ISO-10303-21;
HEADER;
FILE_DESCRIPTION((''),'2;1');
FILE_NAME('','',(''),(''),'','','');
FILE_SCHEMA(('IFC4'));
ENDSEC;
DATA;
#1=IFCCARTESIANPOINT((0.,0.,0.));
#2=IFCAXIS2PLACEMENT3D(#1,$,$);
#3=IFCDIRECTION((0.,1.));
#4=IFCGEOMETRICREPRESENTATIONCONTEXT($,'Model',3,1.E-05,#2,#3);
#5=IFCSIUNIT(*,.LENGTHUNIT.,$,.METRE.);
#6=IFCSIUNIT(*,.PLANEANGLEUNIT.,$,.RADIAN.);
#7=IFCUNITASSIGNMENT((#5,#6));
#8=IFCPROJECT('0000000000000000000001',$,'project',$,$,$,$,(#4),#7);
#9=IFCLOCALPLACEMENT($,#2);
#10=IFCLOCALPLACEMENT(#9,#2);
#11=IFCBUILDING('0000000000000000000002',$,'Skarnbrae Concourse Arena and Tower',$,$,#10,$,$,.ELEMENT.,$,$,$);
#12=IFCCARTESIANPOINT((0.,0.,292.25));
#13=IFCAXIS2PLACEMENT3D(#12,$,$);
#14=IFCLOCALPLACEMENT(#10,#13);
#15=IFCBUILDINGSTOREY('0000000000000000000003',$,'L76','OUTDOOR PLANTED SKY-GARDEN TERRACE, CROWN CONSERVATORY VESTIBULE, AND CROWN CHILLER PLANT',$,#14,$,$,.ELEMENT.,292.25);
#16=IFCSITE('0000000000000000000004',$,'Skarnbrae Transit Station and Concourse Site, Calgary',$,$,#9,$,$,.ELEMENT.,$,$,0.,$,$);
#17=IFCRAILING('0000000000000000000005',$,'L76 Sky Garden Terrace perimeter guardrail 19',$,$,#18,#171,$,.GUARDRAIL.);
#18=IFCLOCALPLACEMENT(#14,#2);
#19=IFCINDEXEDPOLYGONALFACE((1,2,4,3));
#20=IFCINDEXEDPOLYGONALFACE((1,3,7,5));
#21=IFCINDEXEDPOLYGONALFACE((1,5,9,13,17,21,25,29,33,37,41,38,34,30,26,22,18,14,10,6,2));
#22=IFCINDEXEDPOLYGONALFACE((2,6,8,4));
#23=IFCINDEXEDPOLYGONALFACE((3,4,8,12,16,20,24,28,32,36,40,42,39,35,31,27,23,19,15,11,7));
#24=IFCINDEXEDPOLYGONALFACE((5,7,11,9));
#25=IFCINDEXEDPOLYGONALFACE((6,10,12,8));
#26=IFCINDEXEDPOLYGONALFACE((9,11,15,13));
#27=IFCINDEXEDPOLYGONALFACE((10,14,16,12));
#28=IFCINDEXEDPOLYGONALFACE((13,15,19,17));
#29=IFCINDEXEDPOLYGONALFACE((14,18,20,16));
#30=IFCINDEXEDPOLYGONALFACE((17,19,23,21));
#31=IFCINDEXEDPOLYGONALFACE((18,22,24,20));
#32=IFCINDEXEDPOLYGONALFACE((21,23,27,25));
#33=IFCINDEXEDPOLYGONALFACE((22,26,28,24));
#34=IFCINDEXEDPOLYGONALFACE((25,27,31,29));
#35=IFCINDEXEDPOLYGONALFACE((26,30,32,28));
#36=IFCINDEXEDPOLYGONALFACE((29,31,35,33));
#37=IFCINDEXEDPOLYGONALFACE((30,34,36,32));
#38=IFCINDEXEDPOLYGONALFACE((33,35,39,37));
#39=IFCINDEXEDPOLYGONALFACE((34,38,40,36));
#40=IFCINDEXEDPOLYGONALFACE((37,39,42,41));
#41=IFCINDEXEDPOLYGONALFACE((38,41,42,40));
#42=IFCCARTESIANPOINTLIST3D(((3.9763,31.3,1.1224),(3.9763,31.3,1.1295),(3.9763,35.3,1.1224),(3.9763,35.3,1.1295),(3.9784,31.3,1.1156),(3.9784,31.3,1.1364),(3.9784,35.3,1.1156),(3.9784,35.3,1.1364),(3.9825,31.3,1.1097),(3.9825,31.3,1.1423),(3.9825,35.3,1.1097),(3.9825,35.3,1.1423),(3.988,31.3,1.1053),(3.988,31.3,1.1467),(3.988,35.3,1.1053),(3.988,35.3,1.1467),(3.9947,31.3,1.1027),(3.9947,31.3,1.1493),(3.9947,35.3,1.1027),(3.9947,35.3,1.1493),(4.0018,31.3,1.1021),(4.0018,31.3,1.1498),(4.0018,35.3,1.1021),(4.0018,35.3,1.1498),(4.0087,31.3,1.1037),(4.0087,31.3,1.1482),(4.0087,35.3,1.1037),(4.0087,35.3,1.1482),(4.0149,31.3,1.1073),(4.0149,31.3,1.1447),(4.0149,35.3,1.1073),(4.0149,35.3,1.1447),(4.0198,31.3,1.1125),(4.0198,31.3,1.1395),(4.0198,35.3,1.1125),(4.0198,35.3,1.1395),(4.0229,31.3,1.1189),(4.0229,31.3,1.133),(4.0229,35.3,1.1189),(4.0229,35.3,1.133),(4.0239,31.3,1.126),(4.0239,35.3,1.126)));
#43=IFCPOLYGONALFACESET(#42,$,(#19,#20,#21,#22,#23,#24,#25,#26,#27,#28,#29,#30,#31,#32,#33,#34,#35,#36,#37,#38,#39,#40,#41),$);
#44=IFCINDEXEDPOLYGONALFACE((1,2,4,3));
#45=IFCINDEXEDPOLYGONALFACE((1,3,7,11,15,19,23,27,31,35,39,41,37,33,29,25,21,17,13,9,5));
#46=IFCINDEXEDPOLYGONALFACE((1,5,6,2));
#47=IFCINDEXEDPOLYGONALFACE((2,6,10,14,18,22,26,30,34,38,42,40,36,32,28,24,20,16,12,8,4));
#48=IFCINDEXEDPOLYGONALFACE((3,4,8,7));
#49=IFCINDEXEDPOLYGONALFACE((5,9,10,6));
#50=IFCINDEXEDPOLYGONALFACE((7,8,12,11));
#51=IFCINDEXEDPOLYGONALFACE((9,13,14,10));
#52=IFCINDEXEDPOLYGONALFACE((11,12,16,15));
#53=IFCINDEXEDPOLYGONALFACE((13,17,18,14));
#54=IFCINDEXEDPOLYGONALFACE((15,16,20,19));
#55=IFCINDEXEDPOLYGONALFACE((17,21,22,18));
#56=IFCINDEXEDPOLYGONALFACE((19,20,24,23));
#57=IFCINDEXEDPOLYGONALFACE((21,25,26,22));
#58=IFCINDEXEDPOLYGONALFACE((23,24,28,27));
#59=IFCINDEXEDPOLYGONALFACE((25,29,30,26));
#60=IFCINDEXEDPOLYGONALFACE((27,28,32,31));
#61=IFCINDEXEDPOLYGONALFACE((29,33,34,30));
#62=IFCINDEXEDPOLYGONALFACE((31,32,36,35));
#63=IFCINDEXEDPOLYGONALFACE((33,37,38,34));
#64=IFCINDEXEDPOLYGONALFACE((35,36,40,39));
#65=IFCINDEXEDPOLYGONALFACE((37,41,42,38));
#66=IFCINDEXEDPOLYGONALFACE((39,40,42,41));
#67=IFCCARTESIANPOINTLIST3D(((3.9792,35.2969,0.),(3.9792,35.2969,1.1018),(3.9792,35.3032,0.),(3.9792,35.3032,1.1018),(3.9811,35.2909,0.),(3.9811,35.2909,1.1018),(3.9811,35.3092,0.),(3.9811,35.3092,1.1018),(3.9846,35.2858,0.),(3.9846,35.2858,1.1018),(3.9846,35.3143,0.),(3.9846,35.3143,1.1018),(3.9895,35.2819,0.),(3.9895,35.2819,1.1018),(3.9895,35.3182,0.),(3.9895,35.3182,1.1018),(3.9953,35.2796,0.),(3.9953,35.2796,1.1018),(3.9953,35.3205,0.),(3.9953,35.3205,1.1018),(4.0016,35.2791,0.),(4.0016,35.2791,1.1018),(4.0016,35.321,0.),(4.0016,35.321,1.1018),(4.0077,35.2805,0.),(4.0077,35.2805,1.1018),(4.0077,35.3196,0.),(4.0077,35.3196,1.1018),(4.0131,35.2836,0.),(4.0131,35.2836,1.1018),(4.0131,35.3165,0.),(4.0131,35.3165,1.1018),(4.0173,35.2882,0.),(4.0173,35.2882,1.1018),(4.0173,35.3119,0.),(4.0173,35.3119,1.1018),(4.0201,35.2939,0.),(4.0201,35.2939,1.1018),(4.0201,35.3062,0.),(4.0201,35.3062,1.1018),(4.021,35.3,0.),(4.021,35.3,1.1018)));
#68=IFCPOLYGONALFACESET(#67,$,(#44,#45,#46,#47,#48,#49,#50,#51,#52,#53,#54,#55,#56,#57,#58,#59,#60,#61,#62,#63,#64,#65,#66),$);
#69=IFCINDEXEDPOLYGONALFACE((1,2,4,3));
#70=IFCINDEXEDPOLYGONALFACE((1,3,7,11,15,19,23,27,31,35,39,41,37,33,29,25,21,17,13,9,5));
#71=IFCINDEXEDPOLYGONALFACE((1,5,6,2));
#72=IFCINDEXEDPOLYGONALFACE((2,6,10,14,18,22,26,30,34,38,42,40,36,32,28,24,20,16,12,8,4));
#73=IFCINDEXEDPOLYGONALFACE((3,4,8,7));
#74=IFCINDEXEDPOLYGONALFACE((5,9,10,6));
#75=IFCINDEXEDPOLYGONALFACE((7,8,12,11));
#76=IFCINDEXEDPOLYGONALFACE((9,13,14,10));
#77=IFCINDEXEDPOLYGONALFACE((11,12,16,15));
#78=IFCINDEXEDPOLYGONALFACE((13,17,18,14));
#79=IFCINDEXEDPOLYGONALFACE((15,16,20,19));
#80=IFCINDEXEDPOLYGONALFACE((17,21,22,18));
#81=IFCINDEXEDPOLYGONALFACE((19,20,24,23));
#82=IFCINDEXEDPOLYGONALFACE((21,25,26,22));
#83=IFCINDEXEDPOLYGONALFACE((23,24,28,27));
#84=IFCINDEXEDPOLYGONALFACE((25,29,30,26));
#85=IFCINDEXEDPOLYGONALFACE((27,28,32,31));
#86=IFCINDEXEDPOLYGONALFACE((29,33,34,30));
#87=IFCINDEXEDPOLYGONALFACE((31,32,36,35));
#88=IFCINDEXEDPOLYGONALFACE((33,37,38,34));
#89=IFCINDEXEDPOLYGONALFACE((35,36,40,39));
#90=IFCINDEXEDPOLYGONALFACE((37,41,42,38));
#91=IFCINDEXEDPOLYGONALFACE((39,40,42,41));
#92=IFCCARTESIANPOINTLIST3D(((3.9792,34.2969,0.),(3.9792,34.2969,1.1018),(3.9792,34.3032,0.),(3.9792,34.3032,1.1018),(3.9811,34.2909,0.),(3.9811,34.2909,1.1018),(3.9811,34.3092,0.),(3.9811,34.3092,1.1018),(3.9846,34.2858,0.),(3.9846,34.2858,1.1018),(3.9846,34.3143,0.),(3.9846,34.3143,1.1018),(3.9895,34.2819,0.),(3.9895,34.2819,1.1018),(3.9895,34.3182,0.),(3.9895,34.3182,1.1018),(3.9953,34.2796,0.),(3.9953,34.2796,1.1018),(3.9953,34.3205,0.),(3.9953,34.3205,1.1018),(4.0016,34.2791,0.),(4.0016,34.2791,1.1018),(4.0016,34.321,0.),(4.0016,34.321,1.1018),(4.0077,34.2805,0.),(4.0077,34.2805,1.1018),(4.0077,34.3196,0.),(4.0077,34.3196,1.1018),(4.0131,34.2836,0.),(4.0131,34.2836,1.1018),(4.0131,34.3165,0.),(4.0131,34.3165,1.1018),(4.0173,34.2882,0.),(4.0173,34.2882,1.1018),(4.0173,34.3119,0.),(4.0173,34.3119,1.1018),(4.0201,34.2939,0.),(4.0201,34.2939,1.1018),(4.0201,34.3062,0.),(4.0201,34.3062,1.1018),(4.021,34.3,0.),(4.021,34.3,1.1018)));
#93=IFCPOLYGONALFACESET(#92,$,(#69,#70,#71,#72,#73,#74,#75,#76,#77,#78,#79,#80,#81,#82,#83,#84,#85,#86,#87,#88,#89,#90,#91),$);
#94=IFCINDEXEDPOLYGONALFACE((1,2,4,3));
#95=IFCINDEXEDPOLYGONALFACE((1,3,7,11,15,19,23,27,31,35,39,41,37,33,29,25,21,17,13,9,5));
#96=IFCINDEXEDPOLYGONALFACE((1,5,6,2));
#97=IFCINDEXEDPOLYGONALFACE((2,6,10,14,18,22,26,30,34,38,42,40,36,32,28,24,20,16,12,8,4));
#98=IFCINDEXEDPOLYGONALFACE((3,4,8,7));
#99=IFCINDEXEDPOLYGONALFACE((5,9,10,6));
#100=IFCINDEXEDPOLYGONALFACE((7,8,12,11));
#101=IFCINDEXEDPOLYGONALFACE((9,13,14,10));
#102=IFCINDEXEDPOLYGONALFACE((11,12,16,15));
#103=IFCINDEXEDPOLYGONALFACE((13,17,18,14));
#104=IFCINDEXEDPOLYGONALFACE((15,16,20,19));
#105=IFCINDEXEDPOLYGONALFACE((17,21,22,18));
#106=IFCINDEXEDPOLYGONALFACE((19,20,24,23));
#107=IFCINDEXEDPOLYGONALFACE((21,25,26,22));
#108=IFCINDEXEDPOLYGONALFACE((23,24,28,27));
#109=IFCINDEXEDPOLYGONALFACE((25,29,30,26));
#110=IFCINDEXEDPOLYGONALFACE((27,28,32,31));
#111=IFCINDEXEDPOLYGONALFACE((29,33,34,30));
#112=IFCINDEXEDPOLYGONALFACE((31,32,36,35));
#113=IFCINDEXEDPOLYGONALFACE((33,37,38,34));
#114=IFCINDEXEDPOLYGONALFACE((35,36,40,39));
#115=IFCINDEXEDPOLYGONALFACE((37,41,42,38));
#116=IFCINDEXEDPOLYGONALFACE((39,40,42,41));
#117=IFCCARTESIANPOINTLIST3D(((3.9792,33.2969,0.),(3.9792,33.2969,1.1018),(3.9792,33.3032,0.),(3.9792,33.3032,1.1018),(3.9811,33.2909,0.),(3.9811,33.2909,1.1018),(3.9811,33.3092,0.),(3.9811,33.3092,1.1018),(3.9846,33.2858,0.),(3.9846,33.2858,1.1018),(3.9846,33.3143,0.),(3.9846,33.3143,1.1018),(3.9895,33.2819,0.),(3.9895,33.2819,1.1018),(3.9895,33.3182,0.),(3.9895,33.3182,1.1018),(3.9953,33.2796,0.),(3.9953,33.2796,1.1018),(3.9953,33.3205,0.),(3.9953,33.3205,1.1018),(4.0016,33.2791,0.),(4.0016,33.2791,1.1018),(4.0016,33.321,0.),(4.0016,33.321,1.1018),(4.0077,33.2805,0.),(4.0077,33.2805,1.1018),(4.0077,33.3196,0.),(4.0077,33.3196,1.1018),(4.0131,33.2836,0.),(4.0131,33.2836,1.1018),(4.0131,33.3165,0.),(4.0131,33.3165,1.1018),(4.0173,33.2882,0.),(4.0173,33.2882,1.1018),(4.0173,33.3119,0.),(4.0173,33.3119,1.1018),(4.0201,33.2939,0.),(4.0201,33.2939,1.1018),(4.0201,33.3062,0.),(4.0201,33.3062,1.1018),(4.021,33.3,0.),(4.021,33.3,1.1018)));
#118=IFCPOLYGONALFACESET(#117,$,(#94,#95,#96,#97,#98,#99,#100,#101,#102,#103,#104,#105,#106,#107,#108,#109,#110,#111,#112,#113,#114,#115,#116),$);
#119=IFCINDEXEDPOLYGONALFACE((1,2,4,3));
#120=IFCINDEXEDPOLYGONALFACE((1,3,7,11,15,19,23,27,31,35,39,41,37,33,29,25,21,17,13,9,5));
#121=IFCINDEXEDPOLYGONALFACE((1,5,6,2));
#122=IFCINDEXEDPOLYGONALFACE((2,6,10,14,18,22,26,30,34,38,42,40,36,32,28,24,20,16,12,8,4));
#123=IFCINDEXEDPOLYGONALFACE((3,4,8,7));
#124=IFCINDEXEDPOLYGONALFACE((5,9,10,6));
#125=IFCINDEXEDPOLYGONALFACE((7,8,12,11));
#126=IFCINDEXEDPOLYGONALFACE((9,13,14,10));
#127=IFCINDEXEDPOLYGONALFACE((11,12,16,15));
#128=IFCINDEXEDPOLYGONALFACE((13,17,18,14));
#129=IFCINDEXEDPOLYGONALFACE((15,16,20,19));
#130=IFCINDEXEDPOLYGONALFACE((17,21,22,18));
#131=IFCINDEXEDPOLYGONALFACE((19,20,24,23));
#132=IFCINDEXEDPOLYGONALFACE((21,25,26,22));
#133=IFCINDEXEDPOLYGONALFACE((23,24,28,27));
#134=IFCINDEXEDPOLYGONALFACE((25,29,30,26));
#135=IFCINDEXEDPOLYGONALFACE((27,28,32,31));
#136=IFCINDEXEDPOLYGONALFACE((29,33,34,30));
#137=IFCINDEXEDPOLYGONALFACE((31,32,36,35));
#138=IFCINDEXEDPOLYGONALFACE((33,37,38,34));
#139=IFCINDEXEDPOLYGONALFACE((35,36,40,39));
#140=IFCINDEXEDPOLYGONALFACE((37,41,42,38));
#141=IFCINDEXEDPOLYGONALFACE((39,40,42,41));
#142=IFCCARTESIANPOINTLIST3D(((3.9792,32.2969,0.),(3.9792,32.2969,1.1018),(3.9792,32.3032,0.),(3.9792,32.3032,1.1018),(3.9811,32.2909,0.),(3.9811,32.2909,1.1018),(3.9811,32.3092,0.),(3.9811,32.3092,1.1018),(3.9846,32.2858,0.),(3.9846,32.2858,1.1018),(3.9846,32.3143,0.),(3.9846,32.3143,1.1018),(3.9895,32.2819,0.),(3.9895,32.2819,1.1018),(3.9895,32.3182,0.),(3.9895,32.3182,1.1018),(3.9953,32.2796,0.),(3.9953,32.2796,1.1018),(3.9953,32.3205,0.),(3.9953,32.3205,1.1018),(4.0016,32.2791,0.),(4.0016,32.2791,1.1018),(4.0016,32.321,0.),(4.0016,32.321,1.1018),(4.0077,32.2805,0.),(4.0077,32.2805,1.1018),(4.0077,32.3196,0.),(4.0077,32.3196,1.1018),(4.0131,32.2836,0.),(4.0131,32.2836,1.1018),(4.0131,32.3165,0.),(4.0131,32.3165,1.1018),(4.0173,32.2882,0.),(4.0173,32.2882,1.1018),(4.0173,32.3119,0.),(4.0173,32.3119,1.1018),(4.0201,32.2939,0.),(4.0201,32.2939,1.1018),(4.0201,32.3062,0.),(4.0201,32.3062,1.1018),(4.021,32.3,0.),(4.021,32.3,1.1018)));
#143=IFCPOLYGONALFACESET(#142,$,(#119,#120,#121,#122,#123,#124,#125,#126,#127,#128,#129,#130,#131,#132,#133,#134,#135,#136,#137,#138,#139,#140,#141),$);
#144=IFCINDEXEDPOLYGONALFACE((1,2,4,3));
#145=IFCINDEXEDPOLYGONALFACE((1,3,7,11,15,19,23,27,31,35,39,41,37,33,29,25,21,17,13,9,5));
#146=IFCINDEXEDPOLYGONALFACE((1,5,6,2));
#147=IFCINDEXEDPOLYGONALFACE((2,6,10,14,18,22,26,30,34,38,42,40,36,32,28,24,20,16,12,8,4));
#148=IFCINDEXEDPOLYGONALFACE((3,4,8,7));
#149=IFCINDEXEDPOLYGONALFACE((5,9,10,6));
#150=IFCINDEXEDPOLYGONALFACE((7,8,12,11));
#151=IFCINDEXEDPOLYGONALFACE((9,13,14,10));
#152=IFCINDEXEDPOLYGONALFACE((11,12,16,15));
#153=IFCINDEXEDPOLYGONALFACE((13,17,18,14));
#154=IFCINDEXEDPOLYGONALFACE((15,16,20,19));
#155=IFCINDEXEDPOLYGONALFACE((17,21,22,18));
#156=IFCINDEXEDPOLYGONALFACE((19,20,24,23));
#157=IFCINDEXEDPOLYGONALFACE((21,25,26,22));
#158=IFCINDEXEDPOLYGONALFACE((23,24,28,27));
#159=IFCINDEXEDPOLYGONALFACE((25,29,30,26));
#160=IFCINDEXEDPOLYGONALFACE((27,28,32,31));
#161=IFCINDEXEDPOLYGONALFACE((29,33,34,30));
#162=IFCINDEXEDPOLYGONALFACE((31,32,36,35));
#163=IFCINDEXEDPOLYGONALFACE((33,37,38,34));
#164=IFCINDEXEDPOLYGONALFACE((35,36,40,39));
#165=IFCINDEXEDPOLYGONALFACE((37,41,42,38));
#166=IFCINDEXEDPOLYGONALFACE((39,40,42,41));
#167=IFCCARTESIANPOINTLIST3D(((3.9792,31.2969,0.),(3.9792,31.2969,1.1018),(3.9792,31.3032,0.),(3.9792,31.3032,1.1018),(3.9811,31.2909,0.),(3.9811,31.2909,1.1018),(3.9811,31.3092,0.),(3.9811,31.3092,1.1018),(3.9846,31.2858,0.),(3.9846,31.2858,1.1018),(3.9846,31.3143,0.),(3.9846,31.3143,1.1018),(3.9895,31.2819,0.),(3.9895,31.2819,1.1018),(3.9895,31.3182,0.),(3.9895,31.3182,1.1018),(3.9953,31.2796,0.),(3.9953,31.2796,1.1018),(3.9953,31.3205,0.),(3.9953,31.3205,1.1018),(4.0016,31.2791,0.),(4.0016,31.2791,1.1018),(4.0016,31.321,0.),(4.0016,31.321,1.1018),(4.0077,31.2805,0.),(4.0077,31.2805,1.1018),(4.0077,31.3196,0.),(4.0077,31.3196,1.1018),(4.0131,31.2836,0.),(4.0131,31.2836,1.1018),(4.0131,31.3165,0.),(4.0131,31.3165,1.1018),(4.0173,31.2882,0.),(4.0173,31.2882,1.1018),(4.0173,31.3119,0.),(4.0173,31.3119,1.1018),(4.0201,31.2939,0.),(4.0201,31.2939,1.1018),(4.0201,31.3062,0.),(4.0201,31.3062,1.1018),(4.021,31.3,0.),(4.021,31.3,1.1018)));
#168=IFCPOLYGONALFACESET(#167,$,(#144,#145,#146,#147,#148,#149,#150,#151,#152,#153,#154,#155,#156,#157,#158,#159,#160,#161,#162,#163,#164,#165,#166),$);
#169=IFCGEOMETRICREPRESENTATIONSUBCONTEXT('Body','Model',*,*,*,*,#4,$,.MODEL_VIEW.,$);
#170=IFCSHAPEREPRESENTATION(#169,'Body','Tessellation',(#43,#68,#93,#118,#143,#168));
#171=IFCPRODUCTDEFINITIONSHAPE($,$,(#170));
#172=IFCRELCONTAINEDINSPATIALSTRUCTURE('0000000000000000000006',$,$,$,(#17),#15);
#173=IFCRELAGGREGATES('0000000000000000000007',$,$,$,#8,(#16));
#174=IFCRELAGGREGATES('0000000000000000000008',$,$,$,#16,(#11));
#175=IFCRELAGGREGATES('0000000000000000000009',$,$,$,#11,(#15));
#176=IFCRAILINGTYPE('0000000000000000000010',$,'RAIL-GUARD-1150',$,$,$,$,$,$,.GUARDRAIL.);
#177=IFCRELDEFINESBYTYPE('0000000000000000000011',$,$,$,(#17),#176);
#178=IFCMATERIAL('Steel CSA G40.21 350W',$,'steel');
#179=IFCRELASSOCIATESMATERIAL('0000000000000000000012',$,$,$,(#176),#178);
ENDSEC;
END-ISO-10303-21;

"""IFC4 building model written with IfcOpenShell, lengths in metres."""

from ifc_helpers import new_model, si_unit, direction, frame, origin, origin_2d, place, context, subcontext, project, spatial, circle, extrude, material, type_object, element, save


model = new_model("IFC4")

# Units and contexts
model_context = context("Model", 3, precision=1e-05, world=origin(), true_north=direction((0.0, 1.0)))
body_context = subcontext(model_context, "Body", "Model", "MODEL_VIEW")
ifc_project = project(units=[si_unit("LENGTHUNIT", "METRE"), si_unit("PLANEANGLEUNIT", "RADIAN")], contexts=[model_context])

# Site, building, storey
site_placement = place(None, origin())
site = spatial("IfcSite", under=ifc_project, at=site_placement, Name="Skarnbrae Transit Station and Concourse Site, Calgary", CompositionType="ELEMENT", RefElevation=0.0)
building_placement = place(site_placement, origin())
building = spatial("IfcBuilding", under=site, at=building_placement, Name="Skarnbrae Concourse Arena and Tower", CompositionType="ELEMENT")
storey_placement = place(building_placement, frame((0.0, 0.0, 292.25)))
storey = spatial("IfcBuildingStorey", under=building, at=storey_placement, Name="L76", Description="OUTDOOR PLANTED SKY-GARDEN TERRACE, CROWN CONSERVATORY VESTIBULE, AND CROWN CHILLER PLANT", CompositionType="ELEMENT", Elevation=292.25)

# Shared definitions
ifc_material_1 = material(Name="Steel CSA G40.21 350W", Category="steel")

# Railing
railing_type = type_object("IfcRailingType", Name="RAIL-GUARD-1150", PredefinedType="GUARDRAIL", material=ifc_material_1)
railing_1_placement = place(storey_placement, frame((4.0, 35.3, 0.0)))
element("IfcRailing", 1, at=railing_1_placement, inside=storey, type_object=railing_type, Name="L76 Sky Garden Terrace perimeter guardrail 19", PredefinedType="GUARDRAIL", context=body_context, shape_type="SweptSolid", body=[
    extrude(circle(Radius=0.0239, at=origin_2d()), frame((0.0, 0.0, 1.126), z_axis=(0.0, -1.0, 0.0), x_axis=(1.0, 0.0, 0.0)), (0.0, 0.0, 1.0), 4.0),
    extrude(circle(Radius=0.021, at=origin_2d()), origin(), (0.0, 0.0, 1.0), 1.1018),
    extrude(circle(Radius=0.021, at=origin_2d()), frame((0.0, -1.0, 0.0)), (0.0, 0.0, 1.0), 1.1018),
    extrude(circle(Radius=0.021, at=origin_2d()), frame((0.0, -2.0, 0.0)), (0.0, 0.0, 1.0), 1.1018),
    extrude(circle(Radius=0.021, at=origin_2d()), frame((0.0, -3.0, 0.0)), (0.0, 0.0, 1.0), 1.1018),
    extrude(circle(Radius=0.021, at=origin_2d()), frame((0.0, -4.0, 0.0)), (0.0, 0.0, 1.0), 1.1018),
])

save(model, "model.ifc")
